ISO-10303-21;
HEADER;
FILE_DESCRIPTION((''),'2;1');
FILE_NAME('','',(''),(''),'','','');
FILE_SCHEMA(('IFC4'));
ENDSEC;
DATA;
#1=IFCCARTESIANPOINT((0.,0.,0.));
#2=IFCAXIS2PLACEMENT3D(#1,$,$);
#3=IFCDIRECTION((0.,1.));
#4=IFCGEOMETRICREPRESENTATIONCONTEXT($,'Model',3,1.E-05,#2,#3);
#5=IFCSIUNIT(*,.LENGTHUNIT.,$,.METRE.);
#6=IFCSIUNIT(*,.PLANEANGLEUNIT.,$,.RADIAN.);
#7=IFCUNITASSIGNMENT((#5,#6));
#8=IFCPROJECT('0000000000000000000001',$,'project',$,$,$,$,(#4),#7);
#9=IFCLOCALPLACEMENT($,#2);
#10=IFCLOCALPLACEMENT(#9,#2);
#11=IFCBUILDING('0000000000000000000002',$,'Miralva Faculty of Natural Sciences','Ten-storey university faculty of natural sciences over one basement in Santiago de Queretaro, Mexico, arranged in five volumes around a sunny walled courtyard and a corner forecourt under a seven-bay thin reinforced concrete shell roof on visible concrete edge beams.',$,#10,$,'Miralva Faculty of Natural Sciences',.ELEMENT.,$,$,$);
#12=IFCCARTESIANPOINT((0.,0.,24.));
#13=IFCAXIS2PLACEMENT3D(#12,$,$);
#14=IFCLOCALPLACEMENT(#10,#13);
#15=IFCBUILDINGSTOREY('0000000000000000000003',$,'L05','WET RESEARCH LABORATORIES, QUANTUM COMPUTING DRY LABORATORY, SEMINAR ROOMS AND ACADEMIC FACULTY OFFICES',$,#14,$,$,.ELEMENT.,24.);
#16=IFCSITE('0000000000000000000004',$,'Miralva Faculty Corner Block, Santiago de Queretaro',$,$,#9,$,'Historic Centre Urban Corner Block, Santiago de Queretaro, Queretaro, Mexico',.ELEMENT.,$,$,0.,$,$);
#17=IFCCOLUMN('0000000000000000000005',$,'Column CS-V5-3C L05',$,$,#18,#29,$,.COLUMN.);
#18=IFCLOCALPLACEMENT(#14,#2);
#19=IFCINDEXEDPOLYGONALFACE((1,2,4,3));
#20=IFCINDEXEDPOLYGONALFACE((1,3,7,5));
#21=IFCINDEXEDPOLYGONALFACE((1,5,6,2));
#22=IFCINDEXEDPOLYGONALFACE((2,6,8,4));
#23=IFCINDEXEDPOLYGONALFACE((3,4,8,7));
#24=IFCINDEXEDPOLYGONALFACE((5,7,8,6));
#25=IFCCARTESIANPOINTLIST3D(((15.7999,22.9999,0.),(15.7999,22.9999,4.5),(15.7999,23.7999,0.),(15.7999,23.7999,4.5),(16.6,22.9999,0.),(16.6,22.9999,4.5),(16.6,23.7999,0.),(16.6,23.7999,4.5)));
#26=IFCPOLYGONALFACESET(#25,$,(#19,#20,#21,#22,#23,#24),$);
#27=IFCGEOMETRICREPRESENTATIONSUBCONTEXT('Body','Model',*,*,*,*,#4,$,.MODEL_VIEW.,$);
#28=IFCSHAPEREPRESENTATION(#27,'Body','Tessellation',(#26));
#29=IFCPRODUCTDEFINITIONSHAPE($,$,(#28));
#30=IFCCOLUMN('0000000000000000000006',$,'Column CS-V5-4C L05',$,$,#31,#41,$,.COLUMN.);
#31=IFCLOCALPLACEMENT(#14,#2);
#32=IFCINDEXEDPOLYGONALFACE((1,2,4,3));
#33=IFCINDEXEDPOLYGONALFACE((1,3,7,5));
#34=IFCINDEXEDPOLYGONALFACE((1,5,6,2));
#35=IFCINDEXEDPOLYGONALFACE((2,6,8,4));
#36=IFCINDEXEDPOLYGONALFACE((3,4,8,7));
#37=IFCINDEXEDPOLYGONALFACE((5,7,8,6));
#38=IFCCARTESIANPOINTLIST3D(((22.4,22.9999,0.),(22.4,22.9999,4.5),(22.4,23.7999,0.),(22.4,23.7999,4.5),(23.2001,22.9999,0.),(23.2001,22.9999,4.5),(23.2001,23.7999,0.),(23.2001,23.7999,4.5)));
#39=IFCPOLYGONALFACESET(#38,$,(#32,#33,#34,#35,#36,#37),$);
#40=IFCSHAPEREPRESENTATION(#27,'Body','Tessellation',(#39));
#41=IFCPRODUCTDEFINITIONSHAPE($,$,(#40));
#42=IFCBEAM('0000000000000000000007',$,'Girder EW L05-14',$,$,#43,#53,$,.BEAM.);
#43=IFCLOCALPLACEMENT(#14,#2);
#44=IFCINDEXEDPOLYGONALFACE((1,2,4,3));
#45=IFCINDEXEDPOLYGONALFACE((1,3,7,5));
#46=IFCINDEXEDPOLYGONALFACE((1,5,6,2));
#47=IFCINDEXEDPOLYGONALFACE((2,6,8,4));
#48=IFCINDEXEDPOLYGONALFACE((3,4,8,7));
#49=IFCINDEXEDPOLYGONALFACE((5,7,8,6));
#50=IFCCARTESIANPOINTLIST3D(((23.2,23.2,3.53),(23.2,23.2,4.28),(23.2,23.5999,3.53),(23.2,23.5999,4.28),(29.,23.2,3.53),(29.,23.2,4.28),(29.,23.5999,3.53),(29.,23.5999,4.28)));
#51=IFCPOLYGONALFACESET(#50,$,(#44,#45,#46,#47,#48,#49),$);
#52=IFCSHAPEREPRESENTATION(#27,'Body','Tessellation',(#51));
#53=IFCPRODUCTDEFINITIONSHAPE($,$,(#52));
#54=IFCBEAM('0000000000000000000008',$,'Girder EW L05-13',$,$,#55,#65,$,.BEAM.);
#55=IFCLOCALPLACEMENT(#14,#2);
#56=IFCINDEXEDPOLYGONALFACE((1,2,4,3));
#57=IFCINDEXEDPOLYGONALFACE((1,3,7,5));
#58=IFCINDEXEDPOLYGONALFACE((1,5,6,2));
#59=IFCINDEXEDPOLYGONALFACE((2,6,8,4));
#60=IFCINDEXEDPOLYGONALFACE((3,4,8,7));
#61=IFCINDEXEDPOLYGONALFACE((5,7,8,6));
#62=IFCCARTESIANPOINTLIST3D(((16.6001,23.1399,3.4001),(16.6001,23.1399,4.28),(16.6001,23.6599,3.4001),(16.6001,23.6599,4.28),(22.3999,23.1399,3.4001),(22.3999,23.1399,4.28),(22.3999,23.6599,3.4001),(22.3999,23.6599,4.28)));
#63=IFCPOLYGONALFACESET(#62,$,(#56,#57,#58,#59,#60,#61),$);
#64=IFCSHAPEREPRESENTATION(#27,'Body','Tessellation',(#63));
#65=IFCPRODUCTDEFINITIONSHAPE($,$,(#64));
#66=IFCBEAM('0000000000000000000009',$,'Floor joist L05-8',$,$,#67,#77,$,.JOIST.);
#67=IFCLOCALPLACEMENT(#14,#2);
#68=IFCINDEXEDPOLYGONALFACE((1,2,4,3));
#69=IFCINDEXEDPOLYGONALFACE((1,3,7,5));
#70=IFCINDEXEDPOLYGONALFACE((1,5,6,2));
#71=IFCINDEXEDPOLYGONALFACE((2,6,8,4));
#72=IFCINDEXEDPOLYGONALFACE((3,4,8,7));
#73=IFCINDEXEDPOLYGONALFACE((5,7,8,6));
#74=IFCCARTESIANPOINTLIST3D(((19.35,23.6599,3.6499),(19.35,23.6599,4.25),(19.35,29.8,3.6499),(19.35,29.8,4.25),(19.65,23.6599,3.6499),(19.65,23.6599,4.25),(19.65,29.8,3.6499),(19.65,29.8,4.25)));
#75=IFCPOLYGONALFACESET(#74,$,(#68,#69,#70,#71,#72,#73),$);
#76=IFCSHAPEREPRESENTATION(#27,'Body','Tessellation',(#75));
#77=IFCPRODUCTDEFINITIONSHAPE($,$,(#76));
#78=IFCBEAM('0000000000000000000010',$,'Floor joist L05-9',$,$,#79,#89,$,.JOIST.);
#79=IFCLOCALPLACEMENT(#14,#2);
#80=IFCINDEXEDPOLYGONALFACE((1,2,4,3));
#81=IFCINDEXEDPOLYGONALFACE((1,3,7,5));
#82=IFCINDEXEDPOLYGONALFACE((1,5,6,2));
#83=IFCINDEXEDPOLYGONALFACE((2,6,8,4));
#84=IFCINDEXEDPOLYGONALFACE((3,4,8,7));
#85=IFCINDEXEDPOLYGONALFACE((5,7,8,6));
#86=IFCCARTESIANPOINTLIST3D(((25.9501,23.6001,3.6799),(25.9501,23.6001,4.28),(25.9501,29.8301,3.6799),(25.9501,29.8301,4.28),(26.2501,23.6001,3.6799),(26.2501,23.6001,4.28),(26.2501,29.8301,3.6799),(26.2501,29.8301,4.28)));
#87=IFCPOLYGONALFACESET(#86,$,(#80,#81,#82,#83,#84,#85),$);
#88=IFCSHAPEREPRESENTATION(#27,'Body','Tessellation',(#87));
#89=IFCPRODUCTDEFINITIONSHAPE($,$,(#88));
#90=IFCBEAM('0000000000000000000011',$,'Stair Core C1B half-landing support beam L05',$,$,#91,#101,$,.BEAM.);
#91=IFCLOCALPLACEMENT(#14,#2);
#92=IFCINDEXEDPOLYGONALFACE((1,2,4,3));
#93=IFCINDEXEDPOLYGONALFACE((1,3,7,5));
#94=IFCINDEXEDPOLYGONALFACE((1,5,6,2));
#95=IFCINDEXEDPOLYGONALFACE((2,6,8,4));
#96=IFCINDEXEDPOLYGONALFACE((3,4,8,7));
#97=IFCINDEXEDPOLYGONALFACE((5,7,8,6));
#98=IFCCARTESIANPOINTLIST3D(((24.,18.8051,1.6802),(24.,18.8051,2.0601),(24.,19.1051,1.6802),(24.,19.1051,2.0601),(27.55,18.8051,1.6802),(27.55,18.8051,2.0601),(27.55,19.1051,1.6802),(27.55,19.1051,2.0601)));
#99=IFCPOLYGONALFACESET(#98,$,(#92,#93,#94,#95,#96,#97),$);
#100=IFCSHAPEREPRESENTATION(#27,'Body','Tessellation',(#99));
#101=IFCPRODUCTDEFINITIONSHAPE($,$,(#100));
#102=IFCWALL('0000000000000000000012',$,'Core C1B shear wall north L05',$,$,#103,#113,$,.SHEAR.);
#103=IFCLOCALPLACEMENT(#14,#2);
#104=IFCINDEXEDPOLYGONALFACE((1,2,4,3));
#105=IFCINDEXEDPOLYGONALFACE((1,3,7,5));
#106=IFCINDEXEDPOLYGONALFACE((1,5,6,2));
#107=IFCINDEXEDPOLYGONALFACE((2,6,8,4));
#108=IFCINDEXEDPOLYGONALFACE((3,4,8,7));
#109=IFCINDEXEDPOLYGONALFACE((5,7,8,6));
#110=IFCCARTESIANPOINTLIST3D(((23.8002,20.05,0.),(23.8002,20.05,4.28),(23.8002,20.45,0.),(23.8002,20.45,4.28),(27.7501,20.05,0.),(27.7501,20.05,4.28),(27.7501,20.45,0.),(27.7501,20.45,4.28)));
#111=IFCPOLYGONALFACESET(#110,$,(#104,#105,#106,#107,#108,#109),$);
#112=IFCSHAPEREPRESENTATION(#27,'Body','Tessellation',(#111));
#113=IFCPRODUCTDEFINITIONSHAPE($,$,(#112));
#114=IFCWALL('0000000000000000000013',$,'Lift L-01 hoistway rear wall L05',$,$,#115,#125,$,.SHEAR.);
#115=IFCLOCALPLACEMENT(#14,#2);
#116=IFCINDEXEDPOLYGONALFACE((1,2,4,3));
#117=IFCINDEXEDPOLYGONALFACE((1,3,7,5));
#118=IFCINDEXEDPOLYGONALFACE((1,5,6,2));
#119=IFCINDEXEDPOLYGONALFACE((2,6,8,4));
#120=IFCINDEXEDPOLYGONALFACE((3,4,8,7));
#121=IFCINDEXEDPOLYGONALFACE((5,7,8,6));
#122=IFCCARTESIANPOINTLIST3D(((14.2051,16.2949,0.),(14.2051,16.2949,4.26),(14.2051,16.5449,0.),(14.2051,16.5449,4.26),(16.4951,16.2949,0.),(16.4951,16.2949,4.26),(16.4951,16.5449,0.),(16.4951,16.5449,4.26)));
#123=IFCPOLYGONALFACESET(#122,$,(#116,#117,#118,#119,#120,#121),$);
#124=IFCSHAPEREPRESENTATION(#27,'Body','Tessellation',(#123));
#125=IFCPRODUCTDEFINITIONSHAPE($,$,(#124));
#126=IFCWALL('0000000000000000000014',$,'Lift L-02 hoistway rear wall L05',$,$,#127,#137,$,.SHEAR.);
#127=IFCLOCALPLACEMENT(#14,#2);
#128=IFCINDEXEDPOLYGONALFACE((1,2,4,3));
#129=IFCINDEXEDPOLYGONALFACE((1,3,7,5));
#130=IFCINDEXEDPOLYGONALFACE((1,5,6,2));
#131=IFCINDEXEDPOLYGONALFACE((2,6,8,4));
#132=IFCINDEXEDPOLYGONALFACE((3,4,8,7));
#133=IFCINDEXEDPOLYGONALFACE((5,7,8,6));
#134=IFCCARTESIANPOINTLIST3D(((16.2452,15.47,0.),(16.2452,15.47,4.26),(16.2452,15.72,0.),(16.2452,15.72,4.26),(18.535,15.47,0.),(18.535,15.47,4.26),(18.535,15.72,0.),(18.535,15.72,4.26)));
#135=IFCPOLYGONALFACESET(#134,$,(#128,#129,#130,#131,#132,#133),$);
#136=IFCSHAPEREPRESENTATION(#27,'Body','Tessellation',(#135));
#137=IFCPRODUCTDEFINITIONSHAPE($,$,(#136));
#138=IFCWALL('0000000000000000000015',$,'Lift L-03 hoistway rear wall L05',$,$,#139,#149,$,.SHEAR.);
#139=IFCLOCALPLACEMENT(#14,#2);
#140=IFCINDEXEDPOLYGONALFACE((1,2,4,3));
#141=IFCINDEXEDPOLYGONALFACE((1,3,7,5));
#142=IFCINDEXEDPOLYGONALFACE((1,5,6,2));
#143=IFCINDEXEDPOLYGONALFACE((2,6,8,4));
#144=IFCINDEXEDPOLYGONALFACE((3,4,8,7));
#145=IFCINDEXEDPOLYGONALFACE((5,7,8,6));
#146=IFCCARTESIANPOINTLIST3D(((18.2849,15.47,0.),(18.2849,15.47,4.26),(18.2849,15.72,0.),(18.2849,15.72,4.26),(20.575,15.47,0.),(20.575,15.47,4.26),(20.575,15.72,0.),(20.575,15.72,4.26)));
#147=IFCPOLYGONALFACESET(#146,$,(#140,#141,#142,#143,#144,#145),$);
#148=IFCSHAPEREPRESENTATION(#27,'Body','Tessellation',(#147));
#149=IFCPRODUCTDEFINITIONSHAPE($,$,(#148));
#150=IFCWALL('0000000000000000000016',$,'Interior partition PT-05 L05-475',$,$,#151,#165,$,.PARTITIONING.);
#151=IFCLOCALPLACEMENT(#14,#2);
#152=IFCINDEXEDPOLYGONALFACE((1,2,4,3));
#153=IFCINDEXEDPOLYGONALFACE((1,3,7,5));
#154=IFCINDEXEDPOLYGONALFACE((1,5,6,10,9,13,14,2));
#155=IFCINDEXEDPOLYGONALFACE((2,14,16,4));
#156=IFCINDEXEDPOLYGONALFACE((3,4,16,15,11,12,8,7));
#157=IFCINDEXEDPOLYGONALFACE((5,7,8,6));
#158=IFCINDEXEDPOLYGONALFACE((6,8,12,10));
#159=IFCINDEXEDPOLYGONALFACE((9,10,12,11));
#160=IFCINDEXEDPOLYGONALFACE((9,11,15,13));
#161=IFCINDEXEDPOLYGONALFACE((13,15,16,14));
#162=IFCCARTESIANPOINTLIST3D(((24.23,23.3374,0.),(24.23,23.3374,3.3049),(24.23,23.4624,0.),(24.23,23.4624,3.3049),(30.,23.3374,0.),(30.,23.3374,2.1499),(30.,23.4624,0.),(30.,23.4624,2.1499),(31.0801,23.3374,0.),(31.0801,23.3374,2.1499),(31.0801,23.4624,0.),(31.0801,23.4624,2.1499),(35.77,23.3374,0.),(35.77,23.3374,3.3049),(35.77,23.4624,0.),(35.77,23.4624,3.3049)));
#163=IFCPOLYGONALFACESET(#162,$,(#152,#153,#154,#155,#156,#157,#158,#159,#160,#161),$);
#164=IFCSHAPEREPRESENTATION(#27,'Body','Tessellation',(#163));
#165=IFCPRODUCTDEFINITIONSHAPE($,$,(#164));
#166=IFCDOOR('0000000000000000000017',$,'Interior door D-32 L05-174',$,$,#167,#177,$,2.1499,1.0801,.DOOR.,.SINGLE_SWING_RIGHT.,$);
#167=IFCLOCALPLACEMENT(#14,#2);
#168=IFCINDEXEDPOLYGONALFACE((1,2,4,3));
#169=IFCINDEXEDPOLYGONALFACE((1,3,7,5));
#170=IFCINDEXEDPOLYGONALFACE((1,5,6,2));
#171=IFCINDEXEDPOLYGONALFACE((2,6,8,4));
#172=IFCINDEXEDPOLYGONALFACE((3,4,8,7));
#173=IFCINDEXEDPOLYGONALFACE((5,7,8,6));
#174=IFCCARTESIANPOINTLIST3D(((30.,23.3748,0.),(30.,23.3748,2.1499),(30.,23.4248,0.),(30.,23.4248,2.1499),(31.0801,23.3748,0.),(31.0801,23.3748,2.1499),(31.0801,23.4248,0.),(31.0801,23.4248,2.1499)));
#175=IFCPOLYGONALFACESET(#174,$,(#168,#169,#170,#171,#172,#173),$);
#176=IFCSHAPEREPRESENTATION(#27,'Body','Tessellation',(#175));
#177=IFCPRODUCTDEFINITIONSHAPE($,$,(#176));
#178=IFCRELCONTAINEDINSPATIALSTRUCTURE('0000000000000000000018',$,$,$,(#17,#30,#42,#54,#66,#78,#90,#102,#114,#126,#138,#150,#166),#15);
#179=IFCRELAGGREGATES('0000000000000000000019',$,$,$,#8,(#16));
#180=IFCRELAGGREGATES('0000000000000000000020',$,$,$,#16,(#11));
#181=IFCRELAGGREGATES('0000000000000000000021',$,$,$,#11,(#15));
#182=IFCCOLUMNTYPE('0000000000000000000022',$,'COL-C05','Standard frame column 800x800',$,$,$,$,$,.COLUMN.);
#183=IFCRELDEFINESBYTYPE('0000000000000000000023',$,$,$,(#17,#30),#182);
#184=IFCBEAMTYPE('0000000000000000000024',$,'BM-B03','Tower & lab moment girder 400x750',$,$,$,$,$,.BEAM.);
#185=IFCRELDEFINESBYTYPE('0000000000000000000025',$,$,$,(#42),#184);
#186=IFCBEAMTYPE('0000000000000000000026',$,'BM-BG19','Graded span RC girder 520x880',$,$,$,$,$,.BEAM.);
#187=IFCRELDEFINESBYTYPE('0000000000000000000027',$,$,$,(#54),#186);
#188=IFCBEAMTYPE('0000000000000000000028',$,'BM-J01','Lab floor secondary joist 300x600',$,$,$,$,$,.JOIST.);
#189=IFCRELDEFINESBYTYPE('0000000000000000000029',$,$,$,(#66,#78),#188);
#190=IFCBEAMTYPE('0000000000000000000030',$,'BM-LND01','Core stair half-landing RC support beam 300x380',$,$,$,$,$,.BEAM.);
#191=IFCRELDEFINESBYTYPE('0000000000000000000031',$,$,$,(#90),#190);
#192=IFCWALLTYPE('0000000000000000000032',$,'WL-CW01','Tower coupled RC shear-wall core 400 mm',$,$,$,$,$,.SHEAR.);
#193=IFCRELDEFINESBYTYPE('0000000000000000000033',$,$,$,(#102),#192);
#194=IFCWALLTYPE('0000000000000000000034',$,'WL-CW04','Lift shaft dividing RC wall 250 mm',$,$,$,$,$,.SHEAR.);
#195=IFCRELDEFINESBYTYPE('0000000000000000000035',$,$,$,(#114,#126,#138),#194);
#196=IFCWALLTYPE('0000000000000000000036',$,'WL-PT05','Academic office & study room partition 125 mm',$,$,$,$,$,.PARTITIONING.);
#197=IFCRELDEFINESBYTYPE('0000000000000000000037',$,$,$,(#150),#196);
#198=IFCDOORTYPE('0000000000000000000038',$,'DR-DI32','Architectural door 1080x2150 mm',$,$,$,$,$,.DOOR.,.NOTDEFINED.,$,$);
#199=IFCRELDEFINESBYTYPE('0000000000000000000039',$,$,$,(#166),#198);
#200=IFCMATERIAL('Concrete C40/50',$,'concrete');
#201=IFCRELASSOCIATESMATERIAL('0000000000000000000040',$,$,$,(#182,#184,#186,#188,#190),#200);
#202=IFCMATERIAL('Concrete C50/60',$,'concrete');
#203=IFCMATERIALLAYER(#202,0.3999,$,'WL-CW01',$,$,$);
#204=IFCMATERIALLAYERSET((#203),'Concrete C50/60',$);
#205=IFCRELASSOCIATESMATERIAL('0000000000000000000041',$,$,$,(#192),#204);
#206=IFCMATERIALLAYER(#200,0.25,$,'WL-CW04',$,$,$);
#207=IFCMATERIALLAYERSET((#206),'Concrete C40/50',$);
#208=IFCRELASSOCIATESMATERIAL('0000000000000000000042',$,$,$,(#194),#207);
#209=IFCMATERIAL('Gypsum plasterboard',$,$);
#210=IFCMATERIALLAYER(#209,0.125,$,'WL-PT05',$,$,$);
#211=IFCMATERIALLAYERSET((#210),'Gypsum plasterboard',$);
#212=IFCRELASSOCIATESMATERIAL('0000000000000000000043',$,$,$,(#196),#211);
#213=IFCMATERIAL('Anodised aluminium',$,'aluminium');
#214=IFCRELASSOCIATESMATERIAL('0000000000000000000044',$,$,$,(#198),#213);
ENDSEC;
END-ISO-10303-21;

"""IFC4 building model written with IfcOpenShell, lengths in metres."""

from ifc_helpers import new_model, si_unit, direction, frame, frame_2d, origin, origin_2d, place, context, subcontext, project, spatial, rectangle, extrude, material, layer, layer_set, material_profile, profile_set, type_object, element, fill, save


model = new_model("IFC4")

# Units and contexts
model_context = context("Model", 3, precision=1e-05, world=origin(), true_north=direction((0.0, 1.0)))
body_context = subcontext(model_context, "Body", "Model", "MODEL_VIEW")
ifc_project = project(units=[si_unit("LENGTHUNIT", "METRE"), si_unit("PLANEANGLEUNIT", "RADIAN")], contexts=[model_context])

# Site, building, storey
site_placement = place(None, origin())
site = spatial("IfcSite", under=ifc_project, at=site_placement, Name="Miralva Faculty Corner Block, Santiago de Queretaro", LongName="Historic Centre Urban Corner Block, Santiago de Queretaro, Queretaro, Mexico", CompositionType="ELEMENT", RefElevation=0.0)
building_placement = place(site_placement, origin())
building = spatial("IfcBuilding", under=site, at=building_placement, Name="Miralva Faculty of Natural Sciences", Description="Ten-storey university faculty of natural sciences over one basement in Santiago de Queretaro, Mexico, arranged in five volumes around a sunny walled courtyard and a corner forecourt under a seven-bay thin reinforced concrete shell roof on visible concrete edge beams.", LongName="Miralva Faculty of Natural Sciences", CompositionType="ELEMENT")
storey_placement = place(building_placement, frame((0.0, 0.0, 24.0)))
storey = spatial("IfcBuildingStorey", under=building, at=storey_placement, Name="L05", Description="WET RESEARCH LABORATORIES, QUANTUM COMPUTING DRY LABORATORY, SEMINAR ROOMS AND ACADEMIC FACULTY OFFICES", CompositionType="ELEMENT", Elevation=24.0)

# Columns
ifc_material_1 = material(Name="Concrete C40/50", Category="concrete")
ifc_material_profile_1 = material_profile(ifc_material_1, rectangle(XDim=0.8, YDim=0.8, at=origin_2d()), Name="RC 800x800")
ifc_profile_set_1 = profile_set([ifc_material_profile_1], Name="Concrete C40/50")
column_type = type_object("IfcColumnType", Name="COL-C05", Description="Standard frame column 800x800", PredefinedType="COLUMN", material=ifc_profile_set_1)
for number, where, z_axis, x_axis, name in (
    (1, (16.2, 23.3999, 0.0), (0.0, 0.0, 1.0), (1.0, 0.0, 0.0), "Column CS-V5-3C L05"),
    (2, (22.8, 23.3999, 0.0), (0.0, 0.0, 1.0), (1.0, 0.0, 0.0), "Column CS-V5-4C L05"),
):
    element("IfcColumn", number, at=place(storey_placement, frame(where, z_axis=z_axis, x_axis=x_axis)), inside=storey, type_object=column_type, Name=name, PredefinedType="COLUMN", context=body_context, shape_type="SweptSolid", body=[
        extrude(rectangle(XDim=0.8, YDim=0.8, at=origin_2d()), origin(), (0.0, 0.0, 1.0), 4.5),
    ])

# Beams
ifc_material_profile_2 = material_profile(ifc_material_1, rectangle(XDim=0.3999, YDim=0.75, at=origin_2d()), Name="RC 400x750")
ifc_profile_set_2 = profile_set([ifc_material_profile_2], Name="Concrete C40/50")
beam_type_1 = type_object("IfcBeamType", Name="BM-B03", Description="Tower & lab moment girder 400x750", PredefinedType="BEAM", material=ifc_profile_set_2)
beam_1_placement = place(storey_placement, frame((23.2, 23.3999, 3.905), z_axis=(1.0, 0.0, 0.0), x_axis=(0.0, 1.0, 0.0)))
element("IfcBeam", 3, at=beam_1_placement, inside=storey, type_object=beam_type_1, Name="Girder EW L05-14", PredefinedType="BEAM", context=body_context, shape_type="SweptSolid", body=[
    extrude(rectangle(XDim=0.3999, YDim=0.75, at=origin_2d()), origin(), (0.0, 0.0, 1.0), 5.8),
])
ifc_material_profile_3 = material_profile(ifc_material_1, rectangle(XDim=0.52, YDim=0.8799, at=origin_2d()), Name="RC 520x880")
ifc_profile_set_3 = profile_set([ifc_material_profile_3], Name="Concrete C40/50")
beam_type_2 = type_object("IfcBeamType", Name="BM-BG19", Description="Graded span RC girder 520x880", PredefinedType="BEAM", material=ifc_profile_set_3)
beam_2_placement = place(storey_placement, frame((16.6001, 23.3999, 3.8401), z_axis=(1.0, 0.0, 0.0), x_axis=(0.0, 1.0, 0.0)))
element("IfcBeam", 4, at=beam_2_placement, inside=storey, type_object=beam_type_2, Name="Girder EW L05-13", PredefinedType="BEAM", context=body_context, shape_type="SweptSolid", body=[
    extrude(rectangle(XDim=0.52, YDim=0.8799, at=origin_2d()), origin(), (0.0, 0.0, 1.0), 5.7998),
])
ifc_material_profile_4 = material_profile(ifc_material_1, rectangle(XDim=0.3, YDim=0.6001, at=origin_2d()), Name="RC 300x600")
ifc_profile_set_4 = profile_set([ifc_material_profile_4], Name="Concrete C40/50")
beam_type_3 = type_object("IfcBeamType", Name="BM-J01", Description="Lab floor secondary joist 300x600", PredefinedType="JOIST", material=ifc_profile_set_4)
beam_3_placement = place(storey_placement, frame((19.5, 23.6599, 3.95), z_axis=(0.0, 1.0, 0.0), x_axis=(-1.0, 0.0, 0.0)))
element("IfcBeam", 5, at=beam_3_placement, inside=storey, type_object=beam_type_3, Name="Floor joist L05-8", PredefinedType="JOIST", context=body_context, shape_type="SweptSolid", body=[
    extrude(rectangle(XDim=0.3, YDim=0.6001, at=origin_2d()), origin(), (0.0, 0.0, 1.0), 6.1401),
])
beam_4_placement = place(storey_placement, frame((26.1001, 23.6001, 3.98), z_axis=(0.0, 1.0, 0.0), x_axis=(-1.0, 0.0, 0.0)))
element("IfcBeam", 6, at=beam_4_placement, inside=storey, type_object=beam_type_3, Name="Floor joist L05-9", PredefinedType="JOIST", context=body_context, shape_type="SweptSolid", body=[
    extrude(rectangle(XDim=0.3, YDim=0.6001, at=origin_2d()), origin(), (0.0, 0.0, 1.0), 6.23),
])
ifc_material_profile_5 = material_profile(ifc_material_1, rectangle(XDim=0.3, YDim=0.3799, at=origin_2d()), Name="RC 300x380")
ifc_profile_set_5 = profile_set([ifc_material_profile_5], Name="Concrete C40/50")
beam_type_4 = type_object("IfcBeamType", Name="BM-LND01", Description="Core stair half-landing RC support beam 300x380", PredefinedType="BEAM", material=ifc_profile_set_5)
beam_5_placement = place(storey_placement, frame((24.0, 18.9551, 1.8701), z_axis=(1.0, 0.0, 0.0), x_axis=(0.0, 1.0, 0.0)))
element("IfcBeam", 7, at=beam_5_placement, inside=storey, type_object=beam_type_4, Name="Stair Core C1B half-landing support beam L05", PredefinedType="BEAM", context=body_context, shape_type="SweptSolid", body=[
    extrude(rectangle(XDim=0.3, YDim=0.3799, at=origin_2d()), origin(), (0.0, 0.0, 1.0), 3.55),
])

# Walls
ifc_material_2 = material(Name="Concrete C50/60", Category="concrete")
ifc_layer_1 = layer(ifc_material_2, 0.3999, Name="WL-CW01")
ifc_layer_set_1 = layer_set([ifc_layer_1], Name="Concrete C50/60")
wall_type_1 = type_object("IfcWallType", Name="WL-CW01", Description="Tower coupled RC shear-wall core 400 mm", PredefinedType="SHEAR", material=ifc_layer_set_1)
wall_1_placement = place(storey_placement, frame((23.8, 20.25, 0.0), z_axis=(0.0, 0.0, 1.0), x_axis=(1.0, 0.0, 0.0)))
element("IfcWall", 8, at=wall_1_placement, inside=storey, type_object=wall_type_1, Name="Core C1B shear wall north L05", PredefinedType="SHEAR", context=body_context, shape_type="SweptSolid", body=[
    extrude(rectangle(XDim=3.95, YDim=0.3999, at=frame_2d((1.9751, 0.0))), origin(), (0.0, 0.0, 1.0), 4.28),
])
ifc_layer_2 = layer(ifc_material_1, 0.25, Name="WL-CW04")
ifc_layer_set_2 = layer_set([ifc_layer_2], Name="Concrete C40/50")
wall_type_2 = type_object("IfcWallType", Name="WL-CW04", Description="Lift shaft dividing RC wall 250 mm", PredefinedType="SHEAR", material=ifc_layer_set_2)
wall_2_placement = place(storey_placement, frame((14.2051, 16.4199, 0.0), z_axis=(0.0, 0.0, 1.0), x_axis=(1.0, 0.0, 0.0)))
element("IfcWall", 9, at=wall_2_placement, inside=storey, type_object=wall_type_2, Name="Lift L-01 hoistway rear wall L05", PredefinedType="SHEAR", context=body_context, shape_type="SweptSolid", body=[
    extrude(rectangle(XDim=2.29, YDim=0.25, at=frame_2d((1.145, 0.0))), origin(), (0.0, 0.0, 1.0), 4.26),
])
wall_3_placement = place(storey_placement, frame((16.2451, 15.595, 0.0), z_axis=(0.0, 0.0, 1.0), x_axis=(1.0, 0.0, 0.0)))
element("IfcWall", 10, at=wall_3_placement, inside=storey, type_object=wall_type_2, Name="Lift L-02 hoistway rear wall L05", PredefinedType="SHEAR", context=body_context, shape_type="SweptSolid", body=[
    extrude(rectangle(XDim=2.2898, YDim=0.25, at=frame_2d((1.145, 0.0))), origin(), (0.0, 0.0, 1.0), 4.26),
])
wall_4_placement = place(storey_placement, frame((18.2849, 15.595, 0.0), z_axis=(0.0, 0.0, 1.0), x_axis=(1.0, 0.0, 0.0)))
element("IfcWall", 11, at=wall_4_placement, inside=storey, type_object=wall_type_2, Name="Lift L-03 hoistway rear wall L05", PredefinedType="SHEAR", context=body_context, shape_type="SweptSolid", body=[
    extrude(rectangle(XDim=2.29, YDim=0.25, at=frame_2d((1.145, 0.0))), origin(), (0.0, 0.0, 1.0), 4.26),
])

# Wall, opening, door
ifc_material_3 = material(Name="Gypsum plasterboard")
ifc_layer_3 = layer(ifc_material_3, 0.125, Name="WL-PT05")
ifc_layer_set_3 = layer_set([ifc_layer_3], Name="Gypsum plasterboard")
wall_type_3 = type_object("IfcWallType", Name="WL-PT05", Description="Academic office & study room partition 125 mm", PredefinedType="PARTITIONING", material=ifc_layer_set_3)
wall_5_placement = place(storey_placement, frame((24.23, 23.3999, 0.0), z_axis=(0.0, 0.0, 1.0), x_axis=(1.0, 0.0, 0.0)))
wall_5 = element("IfcWall", 12, at=wall_5_placement, inside=storey, type_object=wall_type_3, Name="Interior partition PT-05 L05-475", PredefinedType="PARTITIONING", context=body_context, shape_type="SweptSolid", body=[
    extrude(rectangle(XDim=11.54, YDim=0.125, at=frame_2d((5.77, 0.0))), origin(), (0.0, 0.0, 1.0), 3.3049),
])
opening_1_placement = place(wall_5_placement, frame((5.77, 0.0, 0.0)))
opening_1 = element("IfcOpeningElement", 13, at=opening_1_placement, cuts=wall_5, PredefinedType="OPENING", context=body_context, shape_type="SweptSolid", body=[
    extrude(rectangle(XDim=1.0801, YDim=2.1499, at=frame_2d((0.54, 1.075))), frame((0.0, 0.0725, 0.0), z_axis=(0.0, -1.0, 0.0), x_axis=(1.0, 0.0, 0.0)), (0.0, 0.0, 1.0), 0.145),
])
ifc_material_4 = material(Name="Anodised aluminium", Category="aluminium")
door_type_1 = type_object("IfcDoorType", Name="DR-DI32", Description="Architectural door 1080x2150 mm", OperationType="NOTDEFINED", PredefinedType="DOOR", material=ifc_material_4)
door_1_placement = place(opening_1_placement, origin())
door_1 = element("IfcDoor", 14, at=door_1_placement, inside=storey, type_object=door_type_1, Name="Interior door D-32 L05-174", OperationType="SINGLE_SWING_RIGHT", OverallHeight=2.1499, OverallWidth=1.0801, PredefinedType="DOOR", context=body_context, shape_type="SweptSolid", body=[
    extrude(rectangle(XDim=1.0801, YDim=2.1499, at=frame_2d((0.54, 1.075))), frame((0.0, 0.0249, 0.0), z_axis=(0.0, -1.0, 0.0), x_axis=(1.0, 0.0, 0.0)), (0.0, 0.0, 1.0), 0.05),
])
fill(opening_1, door_1)

save(model, "model.ifc")
